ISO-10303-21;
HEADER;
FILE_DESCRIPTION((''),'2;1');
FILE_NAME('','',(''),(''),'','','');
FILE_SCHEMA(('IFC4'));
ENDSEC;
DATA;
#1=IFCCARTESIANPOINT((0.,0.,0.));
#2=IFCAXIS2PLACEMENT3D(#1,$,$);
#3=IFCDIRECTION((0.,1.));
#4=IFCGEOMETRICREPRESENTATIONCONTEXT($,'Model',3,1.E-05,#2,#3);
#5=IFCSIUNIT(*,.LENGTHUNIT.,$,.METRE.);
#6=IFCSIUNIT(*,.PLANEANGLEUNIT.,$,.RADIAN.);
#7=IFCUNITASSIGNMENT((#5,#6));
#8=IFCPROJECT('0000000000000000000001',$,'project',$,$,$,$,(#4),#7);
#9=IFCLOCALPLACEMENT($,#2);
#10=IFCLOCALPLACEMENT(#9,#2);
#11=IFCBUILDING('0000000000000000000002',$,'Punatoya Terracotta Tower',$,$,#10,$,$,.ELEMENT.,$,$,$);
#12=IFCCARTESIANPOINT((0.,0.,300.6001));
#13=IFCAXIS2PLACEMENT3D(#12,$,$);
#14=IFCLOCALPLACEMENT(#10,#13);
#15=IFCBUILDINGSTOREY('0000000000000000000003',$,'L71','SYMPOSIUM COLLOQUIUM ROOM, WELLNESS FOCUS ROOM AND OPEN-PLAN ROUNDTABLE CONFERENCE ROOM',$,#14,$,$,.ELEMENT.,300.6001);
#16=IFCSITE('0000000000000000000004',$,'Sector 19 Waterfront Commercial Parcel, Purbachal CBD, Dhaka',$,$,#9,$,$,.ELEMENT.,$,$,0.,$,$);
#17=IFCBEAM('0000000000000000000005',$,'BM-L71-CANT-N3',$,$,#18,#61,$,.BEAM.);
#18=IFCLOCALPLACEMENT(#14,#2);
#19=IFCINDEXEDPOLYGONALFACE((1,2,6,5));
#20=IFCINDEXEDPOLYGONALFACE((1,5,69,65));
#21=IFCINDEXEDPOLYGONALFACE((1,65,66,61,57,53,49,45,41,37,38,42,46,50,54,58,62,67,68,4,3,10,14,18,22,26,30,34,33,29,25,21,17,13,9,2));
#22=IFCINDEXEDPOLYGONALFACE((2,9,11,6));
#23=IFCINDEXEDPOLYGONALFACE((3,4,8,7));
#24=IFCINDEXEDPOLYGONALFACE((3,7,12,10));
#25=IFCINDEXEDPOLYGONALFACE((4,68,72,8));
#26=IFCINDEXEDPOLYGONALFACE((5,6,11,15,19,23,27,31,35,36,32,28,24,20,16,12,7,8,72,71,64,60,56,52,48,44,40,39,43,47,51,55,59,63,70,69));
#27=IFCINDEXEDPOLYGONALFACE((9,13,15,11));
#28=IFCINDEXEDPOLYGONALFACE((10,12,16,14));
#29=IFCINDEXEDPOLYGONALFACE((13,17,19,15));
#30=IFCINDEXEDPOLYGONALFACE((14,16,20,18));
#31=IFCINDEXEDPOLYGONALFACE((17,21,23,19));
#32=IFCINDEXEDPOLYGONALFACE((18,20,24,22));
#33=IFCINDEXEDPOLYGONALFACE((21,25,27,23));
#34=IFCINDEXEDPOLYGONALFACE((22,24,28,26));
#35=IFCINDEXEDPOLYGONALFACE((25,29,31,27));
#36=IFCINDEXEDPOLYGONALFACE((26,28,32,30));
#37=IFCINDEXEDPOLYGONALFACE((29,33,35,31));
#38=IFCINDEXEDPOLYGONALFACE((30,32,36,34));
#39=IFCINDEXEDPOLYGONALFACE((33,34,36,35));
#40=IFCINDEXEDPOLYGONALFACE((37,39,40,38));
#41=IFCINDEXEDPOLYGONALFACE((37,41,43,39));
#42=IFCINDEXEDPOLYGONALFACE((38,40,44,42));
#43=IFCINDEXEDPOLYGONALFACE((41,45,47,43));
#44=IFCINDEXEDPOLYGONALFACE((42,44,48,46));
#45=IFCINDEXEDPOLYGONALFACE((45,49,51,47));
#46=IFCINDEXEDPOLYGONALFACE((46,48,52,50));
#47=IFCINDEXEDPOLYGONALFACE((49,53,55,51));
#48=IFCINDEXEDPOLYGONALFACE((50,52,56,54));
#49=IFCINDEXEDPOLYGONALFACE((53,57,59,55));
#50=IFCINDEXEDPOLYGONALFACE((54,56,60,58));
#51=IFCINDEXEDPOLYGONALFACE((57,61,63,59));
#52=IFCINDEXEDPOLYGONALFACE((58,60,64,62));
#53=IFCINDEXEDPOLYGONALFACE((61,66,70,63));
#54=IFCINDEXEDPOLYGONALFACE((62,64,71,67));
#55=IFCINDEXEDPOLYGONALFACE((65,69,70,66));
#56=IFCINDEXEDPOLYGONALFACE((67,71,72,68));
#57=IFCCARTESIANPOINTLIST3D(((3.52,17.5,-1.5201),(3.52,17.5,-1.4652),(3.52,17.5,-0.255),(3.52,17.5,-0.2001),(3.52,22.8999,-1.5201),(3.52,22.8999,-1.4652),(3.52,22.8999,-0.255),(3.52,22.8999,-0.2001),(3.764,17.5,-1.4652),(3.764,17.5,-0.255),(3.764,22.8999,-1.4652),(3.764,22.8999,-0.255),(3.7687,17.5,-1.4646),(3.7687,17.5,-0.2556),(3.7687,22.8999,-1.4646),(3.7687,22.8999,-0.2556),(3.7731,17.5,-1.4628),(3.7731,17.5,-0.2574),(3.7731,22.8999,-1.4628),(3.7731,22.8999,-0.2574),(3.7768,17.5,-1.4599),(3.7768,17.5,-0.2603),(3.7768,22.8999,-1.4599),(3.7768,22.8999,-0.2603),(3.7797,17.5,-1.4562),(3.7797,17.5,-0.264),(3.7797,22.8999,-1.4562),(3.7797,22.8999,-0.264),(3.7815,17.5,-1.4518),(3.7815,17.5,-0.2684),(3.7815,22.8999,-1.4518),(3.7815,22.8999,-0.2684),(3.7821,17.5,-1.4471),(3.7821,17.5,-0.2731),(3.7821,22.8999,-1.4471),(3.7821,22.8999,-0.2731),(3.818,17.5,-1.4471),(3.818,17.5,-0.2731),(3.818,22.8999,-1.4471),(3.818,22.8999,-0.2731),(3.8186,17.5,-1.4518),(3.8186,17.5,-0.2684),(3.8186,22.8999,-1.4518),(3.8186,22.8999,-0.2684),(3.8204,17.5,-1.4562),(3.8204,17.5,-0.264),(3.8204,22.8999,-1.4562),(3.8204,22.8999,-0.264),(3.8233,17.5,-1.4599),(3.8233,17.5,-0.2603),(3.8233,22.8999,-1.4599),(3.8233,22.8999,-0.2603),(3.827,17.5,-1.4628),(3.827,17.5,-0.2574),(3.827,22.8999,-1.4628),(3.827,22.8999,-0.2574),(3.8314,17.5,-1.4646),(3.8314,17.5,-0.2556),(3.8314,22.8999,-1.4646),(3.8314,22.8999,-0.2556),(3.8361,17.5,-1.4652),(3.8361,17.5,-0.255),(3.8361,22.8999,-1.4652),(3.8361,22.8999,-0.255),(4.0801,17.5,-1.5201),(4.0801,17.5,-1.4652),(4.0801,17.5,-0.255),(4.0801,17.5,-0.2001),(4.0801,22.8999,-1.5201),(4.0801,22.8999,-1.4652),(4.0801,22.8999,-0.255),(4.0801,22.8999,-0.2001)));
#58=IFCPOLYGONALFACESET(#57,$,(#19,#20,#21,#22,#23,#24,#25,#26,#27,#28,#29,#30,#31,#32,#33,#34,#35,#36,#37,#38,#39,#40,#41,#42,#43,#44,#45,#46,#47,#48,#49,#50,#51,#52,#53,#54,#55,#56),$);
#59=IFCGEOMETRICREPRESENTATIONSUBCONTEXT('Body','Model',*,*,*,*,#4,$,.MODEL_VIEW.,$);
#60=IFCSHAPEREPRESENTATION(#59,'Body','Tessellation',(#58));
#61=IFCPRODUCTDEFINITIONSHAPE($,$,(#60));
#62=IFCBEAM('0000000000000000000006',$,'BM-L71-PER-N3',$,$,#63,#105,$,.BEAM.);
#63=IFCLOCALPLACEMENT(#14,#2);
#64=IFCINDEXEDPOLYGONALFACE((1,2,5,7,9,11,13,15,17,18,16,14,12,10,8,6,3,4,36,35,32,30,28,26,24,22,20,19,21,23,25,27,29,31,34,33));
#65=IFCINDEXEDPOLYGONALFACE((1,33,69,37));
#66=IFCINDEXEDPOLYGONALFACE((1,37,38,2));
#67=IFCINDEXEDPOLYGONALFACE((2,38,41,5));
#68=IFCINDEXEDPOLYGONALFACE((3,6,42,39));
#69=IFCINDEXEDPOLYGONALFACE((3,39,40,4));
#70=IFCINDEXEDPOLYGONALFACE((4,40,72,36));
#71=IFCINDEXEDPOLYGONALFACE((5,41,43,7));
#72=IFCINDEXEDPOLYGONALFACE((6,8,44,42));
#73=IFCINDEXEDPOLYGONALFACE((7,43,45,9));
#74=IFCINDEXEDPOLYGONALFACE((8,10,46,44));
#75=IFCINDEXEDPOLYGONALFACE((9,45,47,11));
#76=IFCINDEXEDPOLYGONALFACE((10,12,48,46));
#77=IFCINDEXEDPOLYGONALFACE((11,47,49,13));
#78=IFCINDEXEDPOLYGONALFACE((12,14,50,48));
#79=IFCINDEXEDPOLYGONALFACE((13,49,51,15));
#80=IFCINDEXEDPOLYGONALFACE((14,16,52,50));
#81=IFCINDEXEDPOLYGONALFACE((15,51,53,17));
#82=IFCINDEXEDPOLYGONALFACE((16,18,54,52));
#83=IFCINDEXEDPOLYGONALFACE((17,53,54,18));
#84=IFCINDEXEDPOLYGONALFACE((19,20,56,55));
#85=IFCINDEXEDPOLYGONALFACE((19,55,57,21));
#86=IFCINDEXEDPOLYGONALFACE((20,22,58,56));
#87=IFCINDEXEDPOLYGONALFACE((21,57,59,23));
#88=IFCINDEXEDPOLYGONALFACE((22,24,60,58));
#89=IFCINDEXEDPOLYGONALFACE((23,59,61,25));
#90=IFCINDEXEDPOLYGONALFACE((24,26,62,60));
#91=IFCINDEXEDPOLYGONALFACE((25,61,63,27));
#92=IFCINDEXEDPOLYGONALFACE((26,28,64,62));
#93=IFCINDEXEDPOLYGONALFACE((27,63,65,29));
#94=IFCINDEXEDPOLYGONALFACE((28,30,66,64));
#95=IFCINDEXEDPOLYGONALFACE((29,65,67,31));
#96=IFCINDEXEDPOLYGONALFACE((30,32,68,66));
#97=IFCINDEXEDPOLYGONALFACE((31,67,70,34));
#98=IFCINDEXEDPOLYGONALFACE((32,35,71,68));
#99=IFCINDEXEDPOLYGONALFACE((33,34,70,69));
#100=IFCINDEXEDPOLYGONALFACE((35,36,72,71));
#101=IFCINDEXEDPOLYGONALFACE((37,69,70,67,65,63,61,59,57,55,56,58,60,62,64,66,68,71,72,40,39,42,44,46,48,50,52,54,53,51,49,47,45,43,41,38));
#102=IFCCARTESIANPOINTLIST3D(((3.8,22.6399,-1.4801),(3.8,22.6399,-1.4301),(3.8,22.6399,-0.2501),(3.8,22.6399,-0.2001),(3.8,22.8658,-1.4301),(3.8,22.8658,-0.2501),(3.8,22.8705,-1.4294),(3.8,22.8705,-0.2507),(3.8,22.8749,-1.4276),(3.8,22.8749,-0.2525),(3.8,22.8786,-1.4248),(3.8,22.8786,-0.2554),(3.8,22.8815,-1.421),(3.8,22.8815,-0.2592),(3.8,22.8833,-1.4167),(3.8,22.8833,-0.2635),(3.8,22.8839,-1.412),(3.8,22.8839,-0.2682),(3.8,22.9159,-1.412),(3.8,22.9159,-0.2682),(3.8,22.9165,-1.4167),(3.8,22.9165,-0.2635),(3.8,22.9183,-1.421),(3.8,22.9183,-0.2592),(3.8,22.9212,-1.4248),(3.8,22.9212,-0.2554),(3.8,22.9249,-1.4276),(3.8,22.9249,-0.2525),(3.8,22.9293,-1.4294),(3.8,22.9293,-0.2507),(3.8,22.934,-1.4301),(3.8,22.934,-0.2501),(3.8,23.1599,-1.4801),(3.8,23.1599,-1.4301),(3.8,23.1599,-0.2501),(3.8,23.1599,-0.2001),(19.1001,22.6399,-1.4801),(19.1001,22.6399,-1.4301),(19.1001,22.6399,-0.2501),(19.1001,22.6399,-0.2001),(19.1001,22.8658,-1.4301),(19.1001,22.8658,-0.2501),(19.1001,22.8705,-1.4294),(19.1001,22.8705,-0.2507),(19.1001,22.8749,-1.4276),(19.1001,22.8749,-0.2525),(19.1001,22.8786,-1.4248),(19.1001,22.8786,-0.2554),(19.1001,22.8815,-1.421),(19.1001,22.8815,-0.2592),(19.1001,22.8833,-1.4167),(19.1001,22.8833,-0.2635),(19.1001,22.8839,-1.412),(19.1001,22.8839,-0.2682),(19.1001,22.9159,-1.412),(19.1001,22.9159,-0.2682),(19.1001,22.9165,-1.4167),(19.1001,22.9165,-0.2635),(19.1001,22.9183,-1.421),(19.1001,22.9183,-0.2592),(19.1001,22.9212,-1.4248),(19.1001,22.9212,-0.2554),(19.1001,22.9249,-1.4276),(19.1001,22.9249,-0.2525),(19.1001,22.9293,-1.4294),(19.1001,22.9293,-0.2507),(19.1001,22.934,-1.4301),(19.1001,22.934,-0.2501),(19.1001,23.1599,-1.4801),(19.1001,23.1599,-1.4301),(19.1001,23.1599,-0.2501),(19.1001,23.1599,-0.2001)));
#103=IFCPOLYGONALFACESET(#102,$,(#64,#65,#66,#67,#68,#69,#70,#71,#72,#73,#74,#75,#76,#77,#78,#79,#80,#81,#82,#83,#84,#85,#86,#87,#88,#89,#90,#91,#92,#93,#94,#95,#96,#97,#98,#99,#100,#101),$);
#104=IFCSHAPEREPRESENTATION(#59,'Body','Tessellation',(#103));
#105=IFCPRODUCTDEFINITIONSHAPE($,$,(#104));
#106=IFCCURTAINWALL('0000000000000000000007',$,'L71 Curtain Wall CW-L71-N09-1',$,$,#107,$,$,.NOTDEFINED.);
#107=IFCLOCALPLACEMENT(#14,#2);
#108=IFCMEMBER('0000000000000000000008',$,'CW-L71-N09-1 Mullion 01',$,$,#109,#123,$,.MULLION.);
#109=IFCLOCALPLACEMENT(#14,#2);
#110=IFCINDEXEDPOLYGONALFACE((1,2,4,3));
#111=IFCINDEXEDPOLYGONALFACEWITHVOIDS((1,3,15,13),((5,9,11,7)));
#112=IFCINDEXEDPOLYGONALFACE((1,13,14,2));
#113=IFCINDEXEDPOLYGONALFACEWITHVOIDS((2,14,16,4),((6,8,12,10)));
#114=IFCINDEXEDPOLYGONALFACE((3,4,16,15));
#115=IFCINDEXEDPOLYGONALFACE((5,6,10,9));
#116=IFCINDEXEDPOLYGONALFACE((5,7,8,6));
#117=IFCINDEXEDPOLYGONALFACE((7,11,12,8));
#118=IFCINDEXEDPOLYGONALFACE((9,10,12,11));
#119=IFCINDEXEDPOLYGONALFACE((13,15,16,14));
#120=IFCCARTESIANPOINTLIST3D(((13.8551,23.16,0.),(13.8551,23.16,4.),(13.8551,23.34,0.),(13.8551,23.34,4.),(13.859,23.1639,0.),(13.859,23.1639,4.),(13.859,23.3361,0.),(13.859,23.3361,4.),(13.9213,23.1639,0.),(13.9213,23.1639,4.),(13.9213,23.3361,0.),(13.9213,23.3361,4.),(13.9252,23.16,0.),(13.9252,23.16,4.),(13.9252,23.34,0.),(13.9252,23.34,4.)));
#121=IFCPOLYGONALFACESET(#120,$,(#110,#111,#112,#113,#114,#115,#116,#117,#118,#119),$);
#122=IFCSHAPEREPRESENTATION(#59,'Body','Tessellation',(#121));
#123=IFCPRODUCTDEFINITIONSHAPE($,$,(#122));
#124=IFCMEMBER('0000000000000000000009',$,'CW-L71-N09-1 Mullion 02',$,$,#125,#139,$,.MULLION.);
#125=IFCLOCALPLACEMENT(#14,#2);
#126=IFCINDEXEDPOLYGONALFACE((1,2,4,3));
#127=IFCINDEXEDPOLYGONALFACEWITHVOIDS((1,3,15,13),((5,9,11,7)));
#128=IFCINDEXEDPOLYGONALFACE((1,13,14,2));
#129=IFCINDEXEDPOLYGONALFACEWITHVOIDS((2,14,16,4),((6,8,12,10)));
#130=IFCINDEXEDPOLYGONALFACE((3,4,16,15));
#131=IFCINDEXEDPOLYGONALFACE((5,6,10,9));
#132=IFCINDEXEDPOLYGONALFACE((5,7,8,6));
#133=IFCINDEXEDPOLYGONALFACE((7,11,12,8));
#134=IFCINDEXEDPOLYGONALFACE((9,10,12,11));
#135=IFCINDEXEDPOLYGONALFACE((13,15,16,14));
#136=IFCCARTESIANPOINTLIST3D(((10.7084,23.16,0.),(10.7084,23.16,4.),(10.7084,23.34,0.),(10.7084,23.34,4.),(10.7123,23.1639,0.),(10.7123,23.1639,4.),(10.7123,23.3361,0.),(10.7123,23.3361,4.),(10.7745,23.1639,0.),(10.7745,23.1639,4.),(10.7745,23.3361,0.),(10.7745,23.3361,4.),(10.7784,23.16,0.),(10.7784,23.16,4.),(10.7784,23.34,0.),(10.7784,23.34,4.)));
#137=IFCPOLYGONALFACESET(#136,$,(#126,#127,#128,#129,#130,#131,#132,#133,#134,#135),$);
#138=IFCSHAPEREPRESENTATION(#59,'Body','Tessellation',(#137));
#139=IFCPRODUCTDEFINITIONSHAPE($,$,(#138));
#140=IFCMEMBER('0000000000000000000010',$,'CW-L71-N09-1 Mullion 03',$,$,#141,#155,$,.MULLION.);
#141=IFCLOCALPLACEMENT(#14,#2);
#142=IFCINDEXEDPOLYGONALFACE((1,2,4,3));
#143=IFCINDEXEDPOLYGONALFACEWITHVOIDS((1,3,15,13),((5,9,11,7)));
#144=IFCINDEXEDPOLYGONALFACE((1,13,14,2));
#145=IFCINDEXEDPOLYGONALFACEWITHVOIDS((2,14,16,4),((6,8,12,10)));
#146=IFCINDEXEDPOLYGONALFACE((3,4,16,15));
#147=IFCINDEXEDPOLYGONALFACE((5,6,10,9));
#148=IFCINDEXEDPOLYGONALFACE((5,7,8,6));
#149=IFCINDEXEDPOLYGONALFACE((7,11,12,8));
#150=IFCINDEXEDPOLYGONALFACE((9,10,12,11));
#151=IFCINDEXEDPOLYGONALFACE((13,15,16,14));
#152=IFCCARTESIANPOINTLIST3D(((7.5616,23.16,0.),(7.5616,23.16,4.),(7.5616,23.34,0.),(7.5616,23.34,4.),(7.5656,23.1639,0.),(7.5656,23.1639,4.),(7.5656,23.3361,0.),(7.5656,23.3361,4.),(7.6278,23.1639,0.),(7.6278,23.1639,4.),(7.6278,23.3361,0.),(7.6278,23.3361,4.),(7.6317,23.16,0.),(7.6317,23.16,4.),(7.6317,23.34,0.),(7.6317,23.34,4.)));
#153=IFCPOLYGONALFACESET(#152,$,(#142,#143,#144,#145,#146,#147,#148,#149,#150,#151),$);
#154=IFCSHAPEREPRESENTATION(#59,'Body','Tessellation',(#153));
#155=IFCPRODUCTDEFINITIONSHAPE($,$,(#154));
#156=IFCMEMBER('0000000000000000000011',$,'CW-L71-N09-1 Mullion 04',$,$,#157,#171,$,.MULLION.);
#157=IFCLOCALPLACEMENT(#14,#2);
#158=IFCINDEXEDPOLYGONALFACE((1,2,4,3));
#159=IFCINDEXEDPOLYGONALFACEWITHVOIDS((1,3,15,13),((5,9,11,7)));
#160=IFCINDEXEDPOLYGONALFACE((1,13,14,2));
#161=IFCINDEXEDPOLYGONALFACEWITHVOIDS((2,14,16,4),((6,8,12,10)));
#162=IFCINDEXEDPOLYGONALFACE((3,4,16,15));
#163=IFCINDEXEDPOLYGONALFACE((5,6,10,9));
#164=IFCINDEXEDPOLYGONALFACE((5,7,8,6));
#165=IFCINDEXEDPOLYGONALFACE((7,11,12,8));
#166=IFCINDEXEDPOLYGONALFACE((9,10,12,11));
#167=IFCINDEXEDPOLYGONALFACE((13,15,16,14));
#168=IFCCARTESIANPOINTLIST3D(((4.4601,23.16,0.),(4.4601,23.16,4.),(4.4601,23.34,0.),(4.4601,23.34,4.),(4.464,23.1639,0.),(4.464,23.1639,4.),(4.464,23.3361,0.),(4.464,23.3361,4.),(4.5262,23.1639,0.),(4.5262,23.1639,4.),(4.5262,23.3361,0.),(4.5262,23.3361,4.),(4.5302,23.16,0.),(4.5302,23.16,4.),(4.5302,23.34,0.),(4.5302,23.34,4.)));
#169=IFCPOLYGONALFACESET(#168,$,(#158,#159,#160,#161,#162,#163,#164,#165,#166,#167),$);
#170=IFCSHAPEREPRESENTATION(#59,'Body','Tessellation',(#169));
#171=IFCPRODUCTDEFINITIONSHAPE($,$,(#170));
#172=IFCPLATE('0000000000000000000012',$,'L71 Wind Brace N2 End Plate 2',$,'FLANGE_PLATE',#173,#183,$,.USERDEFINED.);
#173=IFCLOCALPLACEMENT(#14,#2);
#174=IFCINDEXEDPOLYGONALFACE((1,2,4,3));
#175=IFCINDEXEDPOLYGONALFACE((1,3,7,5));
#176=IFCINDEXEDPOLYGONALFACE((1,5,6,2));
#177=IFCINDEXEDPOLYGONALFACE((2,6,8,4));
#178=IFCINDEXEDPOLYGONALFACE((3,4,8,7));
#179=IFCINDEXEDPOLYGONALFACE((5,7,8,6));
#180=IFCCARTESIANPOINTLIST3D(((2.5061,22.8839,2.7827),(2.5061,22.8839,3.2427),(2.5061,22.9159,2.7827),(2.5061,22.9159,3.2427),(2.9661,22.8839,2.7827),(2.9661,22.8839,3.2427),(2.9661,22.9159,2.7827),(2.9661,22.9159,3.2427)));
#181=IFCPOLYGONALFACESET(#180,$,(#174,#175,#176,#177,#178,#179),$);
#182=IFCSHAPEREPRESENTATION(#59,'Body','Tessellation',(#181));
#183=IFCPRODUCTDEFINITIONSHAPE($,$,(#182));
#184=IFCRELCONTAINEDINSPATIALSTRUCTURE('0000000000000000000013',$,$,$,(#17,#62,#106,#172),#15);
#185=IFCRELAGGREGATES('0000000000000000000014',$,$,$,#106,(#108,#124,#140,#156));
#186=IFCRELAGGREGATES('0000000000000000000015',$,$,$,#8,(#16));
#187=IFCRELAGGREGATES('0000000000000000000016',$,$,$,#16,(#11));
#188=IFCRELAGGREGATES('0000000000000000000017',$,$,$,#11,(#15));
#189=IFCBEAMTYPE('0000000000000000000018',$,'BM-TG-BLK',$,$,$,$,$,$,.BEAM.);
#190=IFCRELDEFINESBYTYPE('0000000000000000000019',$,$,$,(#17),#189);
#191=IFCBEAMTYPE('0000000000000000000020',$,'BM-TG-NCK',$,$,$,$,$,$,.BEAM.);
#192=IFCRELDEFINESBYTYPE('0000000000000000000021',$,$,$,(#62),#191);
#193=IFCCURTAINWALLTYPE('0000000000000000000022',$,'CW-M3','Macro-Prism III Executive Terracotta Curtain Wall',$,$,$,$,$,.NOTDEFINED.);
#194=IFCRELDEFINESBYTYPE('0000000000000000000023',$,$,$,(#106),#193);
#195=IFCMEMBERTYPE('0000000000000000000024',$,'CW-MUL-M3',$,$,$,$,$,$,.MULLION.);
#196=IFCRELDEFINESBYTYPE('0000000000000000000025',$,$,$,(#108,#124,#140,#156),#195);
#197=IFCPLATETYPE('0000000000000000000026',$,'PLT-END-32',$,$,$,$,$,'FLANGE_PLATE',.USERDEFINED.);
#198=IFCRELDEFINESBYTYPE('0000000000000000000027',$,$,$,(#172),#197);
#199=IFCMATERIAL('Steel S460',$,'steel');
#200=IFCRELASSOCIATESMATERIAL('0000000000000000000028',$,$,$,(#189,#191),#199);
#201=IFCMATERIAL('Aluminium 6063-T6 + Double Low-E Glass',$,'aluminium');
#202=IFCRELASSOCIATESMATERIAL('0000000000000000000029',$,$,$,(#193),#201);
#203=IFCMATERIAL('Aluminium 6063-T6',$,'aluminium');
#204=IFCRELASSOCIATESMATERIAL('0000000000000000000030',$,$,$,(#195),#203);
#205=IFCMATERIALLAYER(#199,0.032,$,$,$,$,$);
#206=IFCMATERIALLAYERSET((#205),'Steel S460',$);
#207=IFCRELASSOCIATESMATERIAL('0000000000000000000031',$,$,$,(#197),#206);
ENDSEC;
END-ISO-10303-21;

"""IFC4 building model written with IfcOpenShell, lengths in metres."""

from ifc_helpers import new_model, si_unit, direction, frame, origin, origin_2d, place, context, subcontext, project, spatial, rectangle, hollow_rectangle, i_section, extrude, material, layer, layer_set, material_profile, profile_set, type_object, element, aggregate, save


model = new_model("IFC4")

# Units and contexts
model_context = context("Model", 3, precision=1e-05, world=origin(), true_north=direction((0.0, 1.0)))
body_context = subcontext(model_context, "Body", "Model", "MODEL_VIEW")
ifc_project = project(units=[si_unit("LENGTHUNIT", "METRE"), si_unit("PLANEANGLEUNIT", "RADIAN")], contexts=[model_context])

# Site, building, storey
site_placement = place(None, origin())
site = spatial("IfcSite", under=ifc_project, at=site_placement, Name="Sector 19 Waterfront Commercial Parcel, Purbachal CBD, Dhaka", CompositionType="ELEMENT", RefElevation=0.0)
building_placement = place(site_placement, origin())
building = spatial("IfcBuilding", under=site, at=building_placement, Name="Punatoya Terracotta Tower", CompositionType="ELEMENT")
storey_placement = place(building_placement, frame((0.0, 0.0, 300.6001)))
storey = spatial("IfcBuildingStorey", under=building, at=storey_placement, Name="L71", Description="SYMPOSIUM COLLOQUIUM ROOM, WELLNESS FOCUS ROOM AND OPEN-PLAN ROUNDTABLE CONFERENCE ROOM", CompositionType="ELEMENT", Elevation=300.6001)

# Shared definitions
ifc_material_1 = material(Name="Steel S460", Category="steel")

# Beams
ifc_material_profile_1 = material_profile(ifc_material_1, i_section(OverallWidth=0.5601, OverallDepth=1.3201, WebThickness=0.0359, FlangeThickness=0.0549, FilletRadius=0.0181, at=origin_2d()))
ifc_profile_set_1 = profile_set([ifc_material_profile_1], Name="Steel S460")
beam_type_1 = type_object("IfcBeamType", Name="BM-TG-BLK", PredefinedType="BEAM", material=ifc_profile_set_1)
beam_1_placement = place(storey_placement, frame((3.8, 17.5, -0.8601), z_axis=(0.0, 1.0, 0.0), x_axis=(-1.0, 0.0, 0.0)))
element("IfcBeam", 1, at=beam_1_placement, inside=storey, type_object=beam_type_1, Name="BM-L71-CANT-N3", PredefinedType="BEAM", context=body_context, shape_type="SweptSolid", body=[
    extrude(i_section(OverallWidth=0.5601, OverallDepth=1.3201, WebThickness=0.0359, FlangeThickness=0.0549, FilletRadius=0.0181, at=origin_2d()), origin(), (0.0, 0.0, 1.0), 5.3999),
])
ifc_material_profile_2 = material_profile(ifc_material_1, i_section(OverallWidth=0.52, OverallDepth=1.28, WebThickness=0.032, FlangeThickness=0.05, FilletRadius=0.0181, at=origin_2d()))
ifc_profile_set_2 = profile_set([ifc_material_profile_2], Name="Steel S460")
beam_type_2 = type_object("IfcBeamType", Name="BM-TG-NCK", PredefinedType="BEAM", material=ifc_profile_set_2)
beam_2_placement = place(storey_placement, frame((3.8, 22.8999, -0.8401), z_axis=(1.0, 0.0, 0.0), x_axis=(0.0, 1.0, 0.0)))
element("IfcBeam", 2, at=beam_2_placement, inside=storey, type_object=beam_type_2, Name="BM-L71-PER-N3", PredefinedType="BEAM", context=body_context, shape_type="SweptSolid", body=[
    extrude(i_section(OverallWidth=0.52, OverallDepth=1.28, WebThickness=0.032, FlangeThickness=0.05, FilletRadius=0.0181, at=origin_2d()), origin(), (0.0, 0.0, 1.0), 15.3),
])

# Curtain wall, members
ifc_material_2 = material(Name="Aluminium 6063-T6 + Double Low-E Glass", Category="aluminium")
curtain_wall_type = type_object("IfcCurtainWallType", Name="CW-M3", Description="Macro-Prism III Executive Terracotta Curtain Wall", PredefinedType="NOTDEFINED", material=ifc_material_2)
curtain_wall_placement = place(storey_placement, origin())
curtain_wall = element("IfcCurtainWall", 3, at=curtain_wall_placement, inside=storey, type_object=curtain_wall_type, Name="L71 Curtain Wall CW-L71-N09-1", PredefinedType="NOTDEFINED")
ifc_material_3 = material(Name="Aluminium 6063-T6", Category="aluminium")
ifc_material_profile_3 = material_profile(ifc_material_3, hollow_rectangle(XDim=0.0701, YDim=0.1799, WallThickness=0.0039, at=origin_2d()))
ifc_profile_set_3 = profile_set([ifc_material_profile_3], Name="Aluminium 6063-T6")
member_type = type_object("IfcMemberType", Name="CW-MUL-M3", PredefinedType="MULLION", material=ifc_profile_set_3)
member_1_placement = place(storey_placement, frame((13.8901, 23.25, 0.0), z_axis=(0.0, 0.0, 1.0), x_axis=(1.0, 0.0, 0.0)))
member_1 = element("IfcMember", 4, at=member_1_placement, type_object=member_type, Name="CW-L71-N09-1 Mullion 01", PredefinedType="MULLION", context=body_context, shape_type="SweptSolid", body=[
    extrude(hollow_rectangle(XDim=0.0701, YDim=0.1799, WallThickness=0.0039, at=origin_2d()), origin(), (0.0, 0.0, 1.0), 4.0),
])
member_2_placement = place(storey_placement, frame((10.7434, 23.25, 0.0), z_axis=(0.0, 0.0, 1.0), x_axis=(1.0, 0.0, 0.0)))
member_2 = element("IfcMember", 5, at=member_2_placement, type_object=member_type, Name="CW-L71-N09-1 Mullion 02", PredefinedType="MULLION", context=body_context, shape_type="SweptSolid", body=[
    extrude(hollow_rectangle(XDim=0.0701, YDim=0.1799, WallThickness=0.0039, at=origin_2d()), origin(), (0.0, 0.0, 1.0), 4.0),
])
member_3_placement = place(storey_placement, frame((7.5967, 23.25, 0.0), z_axis=(0.0, 0.0, 1.0), x_axis=(1.0, 0.0, 0.0)))
member_3 = element("IfcMember", 6, at=member_3_placement, type_object=member_type, Name="CW-L71-N09-1 Mullion 03", PredefinedType="MULLION", context=body_context, shape_type="SweptSolid", body=[
    extrude(hollow_rectangle(XDim=0.0701, YDim=0.1799, WallThickness=0.0039, at=origin_2d()), origin(), (0.0, 0.0, 1.0), 4.0),
])
member_4_placement = place(storey_placement, frame((4.4951, 23.25, 0.0), z_axis=(0.0, 0.0, 1.0), x_axis=(1.0, 0.0, 0.0)))
member_4 = element("IfcMember", 7, at=member_4_placement, type_object=member_type, Name="CW-L71-N09-1 Mullion 04", PredefinedType="MULLION", context=body_context, shape_type="SweptSolid", body=[
    extrude(hollow_rectangle(XDim=0.0701, YDim=0.1799, WallThickness=0.0039, at=origin_2d()), origin(), (0.0, 0.0, 1.0), 4.0),
])

# Plate
ifc_layer_1 = layer(ifc_material_1, 0.032)
ifc_layer_set_1 = layer_set([ifc_layer_1], Name="Steel S460")
plate_type_1 = type_object("IfcPlateType", Name="PLT-END-32", ElementType="FLANGE_PLATE", PredefinedType="USERDEFINED", material=ifc_layer_set_1)
plate_1_placement = place(storey_placement, frame((2.7361, 22.8999, 2.7827), z_axis=(0.0, 0.0, 1.0), x_axis=(1.0, 0.0, 0.0)))
element("IfcPlate", 8, at=plate_1_placement, inside=storey, type_object=plate_type_1, Name="L71 Wind Brace N2 End Plate 2", ObjectType="FLANGE_PLATE", PredefinedType="USERDEFINED", context=body_context, shape_type="SweptSolid", body=[
    extrude(rectangle(XDim=0.46, YDim=0.032, at=origin_2d()), origin(), (0.0, 0.0, 1.0), 0.46),
])
aggregate(curtain_wall, [member_1, member_2, member_3, member_4])

save(model, "model.ifc")
